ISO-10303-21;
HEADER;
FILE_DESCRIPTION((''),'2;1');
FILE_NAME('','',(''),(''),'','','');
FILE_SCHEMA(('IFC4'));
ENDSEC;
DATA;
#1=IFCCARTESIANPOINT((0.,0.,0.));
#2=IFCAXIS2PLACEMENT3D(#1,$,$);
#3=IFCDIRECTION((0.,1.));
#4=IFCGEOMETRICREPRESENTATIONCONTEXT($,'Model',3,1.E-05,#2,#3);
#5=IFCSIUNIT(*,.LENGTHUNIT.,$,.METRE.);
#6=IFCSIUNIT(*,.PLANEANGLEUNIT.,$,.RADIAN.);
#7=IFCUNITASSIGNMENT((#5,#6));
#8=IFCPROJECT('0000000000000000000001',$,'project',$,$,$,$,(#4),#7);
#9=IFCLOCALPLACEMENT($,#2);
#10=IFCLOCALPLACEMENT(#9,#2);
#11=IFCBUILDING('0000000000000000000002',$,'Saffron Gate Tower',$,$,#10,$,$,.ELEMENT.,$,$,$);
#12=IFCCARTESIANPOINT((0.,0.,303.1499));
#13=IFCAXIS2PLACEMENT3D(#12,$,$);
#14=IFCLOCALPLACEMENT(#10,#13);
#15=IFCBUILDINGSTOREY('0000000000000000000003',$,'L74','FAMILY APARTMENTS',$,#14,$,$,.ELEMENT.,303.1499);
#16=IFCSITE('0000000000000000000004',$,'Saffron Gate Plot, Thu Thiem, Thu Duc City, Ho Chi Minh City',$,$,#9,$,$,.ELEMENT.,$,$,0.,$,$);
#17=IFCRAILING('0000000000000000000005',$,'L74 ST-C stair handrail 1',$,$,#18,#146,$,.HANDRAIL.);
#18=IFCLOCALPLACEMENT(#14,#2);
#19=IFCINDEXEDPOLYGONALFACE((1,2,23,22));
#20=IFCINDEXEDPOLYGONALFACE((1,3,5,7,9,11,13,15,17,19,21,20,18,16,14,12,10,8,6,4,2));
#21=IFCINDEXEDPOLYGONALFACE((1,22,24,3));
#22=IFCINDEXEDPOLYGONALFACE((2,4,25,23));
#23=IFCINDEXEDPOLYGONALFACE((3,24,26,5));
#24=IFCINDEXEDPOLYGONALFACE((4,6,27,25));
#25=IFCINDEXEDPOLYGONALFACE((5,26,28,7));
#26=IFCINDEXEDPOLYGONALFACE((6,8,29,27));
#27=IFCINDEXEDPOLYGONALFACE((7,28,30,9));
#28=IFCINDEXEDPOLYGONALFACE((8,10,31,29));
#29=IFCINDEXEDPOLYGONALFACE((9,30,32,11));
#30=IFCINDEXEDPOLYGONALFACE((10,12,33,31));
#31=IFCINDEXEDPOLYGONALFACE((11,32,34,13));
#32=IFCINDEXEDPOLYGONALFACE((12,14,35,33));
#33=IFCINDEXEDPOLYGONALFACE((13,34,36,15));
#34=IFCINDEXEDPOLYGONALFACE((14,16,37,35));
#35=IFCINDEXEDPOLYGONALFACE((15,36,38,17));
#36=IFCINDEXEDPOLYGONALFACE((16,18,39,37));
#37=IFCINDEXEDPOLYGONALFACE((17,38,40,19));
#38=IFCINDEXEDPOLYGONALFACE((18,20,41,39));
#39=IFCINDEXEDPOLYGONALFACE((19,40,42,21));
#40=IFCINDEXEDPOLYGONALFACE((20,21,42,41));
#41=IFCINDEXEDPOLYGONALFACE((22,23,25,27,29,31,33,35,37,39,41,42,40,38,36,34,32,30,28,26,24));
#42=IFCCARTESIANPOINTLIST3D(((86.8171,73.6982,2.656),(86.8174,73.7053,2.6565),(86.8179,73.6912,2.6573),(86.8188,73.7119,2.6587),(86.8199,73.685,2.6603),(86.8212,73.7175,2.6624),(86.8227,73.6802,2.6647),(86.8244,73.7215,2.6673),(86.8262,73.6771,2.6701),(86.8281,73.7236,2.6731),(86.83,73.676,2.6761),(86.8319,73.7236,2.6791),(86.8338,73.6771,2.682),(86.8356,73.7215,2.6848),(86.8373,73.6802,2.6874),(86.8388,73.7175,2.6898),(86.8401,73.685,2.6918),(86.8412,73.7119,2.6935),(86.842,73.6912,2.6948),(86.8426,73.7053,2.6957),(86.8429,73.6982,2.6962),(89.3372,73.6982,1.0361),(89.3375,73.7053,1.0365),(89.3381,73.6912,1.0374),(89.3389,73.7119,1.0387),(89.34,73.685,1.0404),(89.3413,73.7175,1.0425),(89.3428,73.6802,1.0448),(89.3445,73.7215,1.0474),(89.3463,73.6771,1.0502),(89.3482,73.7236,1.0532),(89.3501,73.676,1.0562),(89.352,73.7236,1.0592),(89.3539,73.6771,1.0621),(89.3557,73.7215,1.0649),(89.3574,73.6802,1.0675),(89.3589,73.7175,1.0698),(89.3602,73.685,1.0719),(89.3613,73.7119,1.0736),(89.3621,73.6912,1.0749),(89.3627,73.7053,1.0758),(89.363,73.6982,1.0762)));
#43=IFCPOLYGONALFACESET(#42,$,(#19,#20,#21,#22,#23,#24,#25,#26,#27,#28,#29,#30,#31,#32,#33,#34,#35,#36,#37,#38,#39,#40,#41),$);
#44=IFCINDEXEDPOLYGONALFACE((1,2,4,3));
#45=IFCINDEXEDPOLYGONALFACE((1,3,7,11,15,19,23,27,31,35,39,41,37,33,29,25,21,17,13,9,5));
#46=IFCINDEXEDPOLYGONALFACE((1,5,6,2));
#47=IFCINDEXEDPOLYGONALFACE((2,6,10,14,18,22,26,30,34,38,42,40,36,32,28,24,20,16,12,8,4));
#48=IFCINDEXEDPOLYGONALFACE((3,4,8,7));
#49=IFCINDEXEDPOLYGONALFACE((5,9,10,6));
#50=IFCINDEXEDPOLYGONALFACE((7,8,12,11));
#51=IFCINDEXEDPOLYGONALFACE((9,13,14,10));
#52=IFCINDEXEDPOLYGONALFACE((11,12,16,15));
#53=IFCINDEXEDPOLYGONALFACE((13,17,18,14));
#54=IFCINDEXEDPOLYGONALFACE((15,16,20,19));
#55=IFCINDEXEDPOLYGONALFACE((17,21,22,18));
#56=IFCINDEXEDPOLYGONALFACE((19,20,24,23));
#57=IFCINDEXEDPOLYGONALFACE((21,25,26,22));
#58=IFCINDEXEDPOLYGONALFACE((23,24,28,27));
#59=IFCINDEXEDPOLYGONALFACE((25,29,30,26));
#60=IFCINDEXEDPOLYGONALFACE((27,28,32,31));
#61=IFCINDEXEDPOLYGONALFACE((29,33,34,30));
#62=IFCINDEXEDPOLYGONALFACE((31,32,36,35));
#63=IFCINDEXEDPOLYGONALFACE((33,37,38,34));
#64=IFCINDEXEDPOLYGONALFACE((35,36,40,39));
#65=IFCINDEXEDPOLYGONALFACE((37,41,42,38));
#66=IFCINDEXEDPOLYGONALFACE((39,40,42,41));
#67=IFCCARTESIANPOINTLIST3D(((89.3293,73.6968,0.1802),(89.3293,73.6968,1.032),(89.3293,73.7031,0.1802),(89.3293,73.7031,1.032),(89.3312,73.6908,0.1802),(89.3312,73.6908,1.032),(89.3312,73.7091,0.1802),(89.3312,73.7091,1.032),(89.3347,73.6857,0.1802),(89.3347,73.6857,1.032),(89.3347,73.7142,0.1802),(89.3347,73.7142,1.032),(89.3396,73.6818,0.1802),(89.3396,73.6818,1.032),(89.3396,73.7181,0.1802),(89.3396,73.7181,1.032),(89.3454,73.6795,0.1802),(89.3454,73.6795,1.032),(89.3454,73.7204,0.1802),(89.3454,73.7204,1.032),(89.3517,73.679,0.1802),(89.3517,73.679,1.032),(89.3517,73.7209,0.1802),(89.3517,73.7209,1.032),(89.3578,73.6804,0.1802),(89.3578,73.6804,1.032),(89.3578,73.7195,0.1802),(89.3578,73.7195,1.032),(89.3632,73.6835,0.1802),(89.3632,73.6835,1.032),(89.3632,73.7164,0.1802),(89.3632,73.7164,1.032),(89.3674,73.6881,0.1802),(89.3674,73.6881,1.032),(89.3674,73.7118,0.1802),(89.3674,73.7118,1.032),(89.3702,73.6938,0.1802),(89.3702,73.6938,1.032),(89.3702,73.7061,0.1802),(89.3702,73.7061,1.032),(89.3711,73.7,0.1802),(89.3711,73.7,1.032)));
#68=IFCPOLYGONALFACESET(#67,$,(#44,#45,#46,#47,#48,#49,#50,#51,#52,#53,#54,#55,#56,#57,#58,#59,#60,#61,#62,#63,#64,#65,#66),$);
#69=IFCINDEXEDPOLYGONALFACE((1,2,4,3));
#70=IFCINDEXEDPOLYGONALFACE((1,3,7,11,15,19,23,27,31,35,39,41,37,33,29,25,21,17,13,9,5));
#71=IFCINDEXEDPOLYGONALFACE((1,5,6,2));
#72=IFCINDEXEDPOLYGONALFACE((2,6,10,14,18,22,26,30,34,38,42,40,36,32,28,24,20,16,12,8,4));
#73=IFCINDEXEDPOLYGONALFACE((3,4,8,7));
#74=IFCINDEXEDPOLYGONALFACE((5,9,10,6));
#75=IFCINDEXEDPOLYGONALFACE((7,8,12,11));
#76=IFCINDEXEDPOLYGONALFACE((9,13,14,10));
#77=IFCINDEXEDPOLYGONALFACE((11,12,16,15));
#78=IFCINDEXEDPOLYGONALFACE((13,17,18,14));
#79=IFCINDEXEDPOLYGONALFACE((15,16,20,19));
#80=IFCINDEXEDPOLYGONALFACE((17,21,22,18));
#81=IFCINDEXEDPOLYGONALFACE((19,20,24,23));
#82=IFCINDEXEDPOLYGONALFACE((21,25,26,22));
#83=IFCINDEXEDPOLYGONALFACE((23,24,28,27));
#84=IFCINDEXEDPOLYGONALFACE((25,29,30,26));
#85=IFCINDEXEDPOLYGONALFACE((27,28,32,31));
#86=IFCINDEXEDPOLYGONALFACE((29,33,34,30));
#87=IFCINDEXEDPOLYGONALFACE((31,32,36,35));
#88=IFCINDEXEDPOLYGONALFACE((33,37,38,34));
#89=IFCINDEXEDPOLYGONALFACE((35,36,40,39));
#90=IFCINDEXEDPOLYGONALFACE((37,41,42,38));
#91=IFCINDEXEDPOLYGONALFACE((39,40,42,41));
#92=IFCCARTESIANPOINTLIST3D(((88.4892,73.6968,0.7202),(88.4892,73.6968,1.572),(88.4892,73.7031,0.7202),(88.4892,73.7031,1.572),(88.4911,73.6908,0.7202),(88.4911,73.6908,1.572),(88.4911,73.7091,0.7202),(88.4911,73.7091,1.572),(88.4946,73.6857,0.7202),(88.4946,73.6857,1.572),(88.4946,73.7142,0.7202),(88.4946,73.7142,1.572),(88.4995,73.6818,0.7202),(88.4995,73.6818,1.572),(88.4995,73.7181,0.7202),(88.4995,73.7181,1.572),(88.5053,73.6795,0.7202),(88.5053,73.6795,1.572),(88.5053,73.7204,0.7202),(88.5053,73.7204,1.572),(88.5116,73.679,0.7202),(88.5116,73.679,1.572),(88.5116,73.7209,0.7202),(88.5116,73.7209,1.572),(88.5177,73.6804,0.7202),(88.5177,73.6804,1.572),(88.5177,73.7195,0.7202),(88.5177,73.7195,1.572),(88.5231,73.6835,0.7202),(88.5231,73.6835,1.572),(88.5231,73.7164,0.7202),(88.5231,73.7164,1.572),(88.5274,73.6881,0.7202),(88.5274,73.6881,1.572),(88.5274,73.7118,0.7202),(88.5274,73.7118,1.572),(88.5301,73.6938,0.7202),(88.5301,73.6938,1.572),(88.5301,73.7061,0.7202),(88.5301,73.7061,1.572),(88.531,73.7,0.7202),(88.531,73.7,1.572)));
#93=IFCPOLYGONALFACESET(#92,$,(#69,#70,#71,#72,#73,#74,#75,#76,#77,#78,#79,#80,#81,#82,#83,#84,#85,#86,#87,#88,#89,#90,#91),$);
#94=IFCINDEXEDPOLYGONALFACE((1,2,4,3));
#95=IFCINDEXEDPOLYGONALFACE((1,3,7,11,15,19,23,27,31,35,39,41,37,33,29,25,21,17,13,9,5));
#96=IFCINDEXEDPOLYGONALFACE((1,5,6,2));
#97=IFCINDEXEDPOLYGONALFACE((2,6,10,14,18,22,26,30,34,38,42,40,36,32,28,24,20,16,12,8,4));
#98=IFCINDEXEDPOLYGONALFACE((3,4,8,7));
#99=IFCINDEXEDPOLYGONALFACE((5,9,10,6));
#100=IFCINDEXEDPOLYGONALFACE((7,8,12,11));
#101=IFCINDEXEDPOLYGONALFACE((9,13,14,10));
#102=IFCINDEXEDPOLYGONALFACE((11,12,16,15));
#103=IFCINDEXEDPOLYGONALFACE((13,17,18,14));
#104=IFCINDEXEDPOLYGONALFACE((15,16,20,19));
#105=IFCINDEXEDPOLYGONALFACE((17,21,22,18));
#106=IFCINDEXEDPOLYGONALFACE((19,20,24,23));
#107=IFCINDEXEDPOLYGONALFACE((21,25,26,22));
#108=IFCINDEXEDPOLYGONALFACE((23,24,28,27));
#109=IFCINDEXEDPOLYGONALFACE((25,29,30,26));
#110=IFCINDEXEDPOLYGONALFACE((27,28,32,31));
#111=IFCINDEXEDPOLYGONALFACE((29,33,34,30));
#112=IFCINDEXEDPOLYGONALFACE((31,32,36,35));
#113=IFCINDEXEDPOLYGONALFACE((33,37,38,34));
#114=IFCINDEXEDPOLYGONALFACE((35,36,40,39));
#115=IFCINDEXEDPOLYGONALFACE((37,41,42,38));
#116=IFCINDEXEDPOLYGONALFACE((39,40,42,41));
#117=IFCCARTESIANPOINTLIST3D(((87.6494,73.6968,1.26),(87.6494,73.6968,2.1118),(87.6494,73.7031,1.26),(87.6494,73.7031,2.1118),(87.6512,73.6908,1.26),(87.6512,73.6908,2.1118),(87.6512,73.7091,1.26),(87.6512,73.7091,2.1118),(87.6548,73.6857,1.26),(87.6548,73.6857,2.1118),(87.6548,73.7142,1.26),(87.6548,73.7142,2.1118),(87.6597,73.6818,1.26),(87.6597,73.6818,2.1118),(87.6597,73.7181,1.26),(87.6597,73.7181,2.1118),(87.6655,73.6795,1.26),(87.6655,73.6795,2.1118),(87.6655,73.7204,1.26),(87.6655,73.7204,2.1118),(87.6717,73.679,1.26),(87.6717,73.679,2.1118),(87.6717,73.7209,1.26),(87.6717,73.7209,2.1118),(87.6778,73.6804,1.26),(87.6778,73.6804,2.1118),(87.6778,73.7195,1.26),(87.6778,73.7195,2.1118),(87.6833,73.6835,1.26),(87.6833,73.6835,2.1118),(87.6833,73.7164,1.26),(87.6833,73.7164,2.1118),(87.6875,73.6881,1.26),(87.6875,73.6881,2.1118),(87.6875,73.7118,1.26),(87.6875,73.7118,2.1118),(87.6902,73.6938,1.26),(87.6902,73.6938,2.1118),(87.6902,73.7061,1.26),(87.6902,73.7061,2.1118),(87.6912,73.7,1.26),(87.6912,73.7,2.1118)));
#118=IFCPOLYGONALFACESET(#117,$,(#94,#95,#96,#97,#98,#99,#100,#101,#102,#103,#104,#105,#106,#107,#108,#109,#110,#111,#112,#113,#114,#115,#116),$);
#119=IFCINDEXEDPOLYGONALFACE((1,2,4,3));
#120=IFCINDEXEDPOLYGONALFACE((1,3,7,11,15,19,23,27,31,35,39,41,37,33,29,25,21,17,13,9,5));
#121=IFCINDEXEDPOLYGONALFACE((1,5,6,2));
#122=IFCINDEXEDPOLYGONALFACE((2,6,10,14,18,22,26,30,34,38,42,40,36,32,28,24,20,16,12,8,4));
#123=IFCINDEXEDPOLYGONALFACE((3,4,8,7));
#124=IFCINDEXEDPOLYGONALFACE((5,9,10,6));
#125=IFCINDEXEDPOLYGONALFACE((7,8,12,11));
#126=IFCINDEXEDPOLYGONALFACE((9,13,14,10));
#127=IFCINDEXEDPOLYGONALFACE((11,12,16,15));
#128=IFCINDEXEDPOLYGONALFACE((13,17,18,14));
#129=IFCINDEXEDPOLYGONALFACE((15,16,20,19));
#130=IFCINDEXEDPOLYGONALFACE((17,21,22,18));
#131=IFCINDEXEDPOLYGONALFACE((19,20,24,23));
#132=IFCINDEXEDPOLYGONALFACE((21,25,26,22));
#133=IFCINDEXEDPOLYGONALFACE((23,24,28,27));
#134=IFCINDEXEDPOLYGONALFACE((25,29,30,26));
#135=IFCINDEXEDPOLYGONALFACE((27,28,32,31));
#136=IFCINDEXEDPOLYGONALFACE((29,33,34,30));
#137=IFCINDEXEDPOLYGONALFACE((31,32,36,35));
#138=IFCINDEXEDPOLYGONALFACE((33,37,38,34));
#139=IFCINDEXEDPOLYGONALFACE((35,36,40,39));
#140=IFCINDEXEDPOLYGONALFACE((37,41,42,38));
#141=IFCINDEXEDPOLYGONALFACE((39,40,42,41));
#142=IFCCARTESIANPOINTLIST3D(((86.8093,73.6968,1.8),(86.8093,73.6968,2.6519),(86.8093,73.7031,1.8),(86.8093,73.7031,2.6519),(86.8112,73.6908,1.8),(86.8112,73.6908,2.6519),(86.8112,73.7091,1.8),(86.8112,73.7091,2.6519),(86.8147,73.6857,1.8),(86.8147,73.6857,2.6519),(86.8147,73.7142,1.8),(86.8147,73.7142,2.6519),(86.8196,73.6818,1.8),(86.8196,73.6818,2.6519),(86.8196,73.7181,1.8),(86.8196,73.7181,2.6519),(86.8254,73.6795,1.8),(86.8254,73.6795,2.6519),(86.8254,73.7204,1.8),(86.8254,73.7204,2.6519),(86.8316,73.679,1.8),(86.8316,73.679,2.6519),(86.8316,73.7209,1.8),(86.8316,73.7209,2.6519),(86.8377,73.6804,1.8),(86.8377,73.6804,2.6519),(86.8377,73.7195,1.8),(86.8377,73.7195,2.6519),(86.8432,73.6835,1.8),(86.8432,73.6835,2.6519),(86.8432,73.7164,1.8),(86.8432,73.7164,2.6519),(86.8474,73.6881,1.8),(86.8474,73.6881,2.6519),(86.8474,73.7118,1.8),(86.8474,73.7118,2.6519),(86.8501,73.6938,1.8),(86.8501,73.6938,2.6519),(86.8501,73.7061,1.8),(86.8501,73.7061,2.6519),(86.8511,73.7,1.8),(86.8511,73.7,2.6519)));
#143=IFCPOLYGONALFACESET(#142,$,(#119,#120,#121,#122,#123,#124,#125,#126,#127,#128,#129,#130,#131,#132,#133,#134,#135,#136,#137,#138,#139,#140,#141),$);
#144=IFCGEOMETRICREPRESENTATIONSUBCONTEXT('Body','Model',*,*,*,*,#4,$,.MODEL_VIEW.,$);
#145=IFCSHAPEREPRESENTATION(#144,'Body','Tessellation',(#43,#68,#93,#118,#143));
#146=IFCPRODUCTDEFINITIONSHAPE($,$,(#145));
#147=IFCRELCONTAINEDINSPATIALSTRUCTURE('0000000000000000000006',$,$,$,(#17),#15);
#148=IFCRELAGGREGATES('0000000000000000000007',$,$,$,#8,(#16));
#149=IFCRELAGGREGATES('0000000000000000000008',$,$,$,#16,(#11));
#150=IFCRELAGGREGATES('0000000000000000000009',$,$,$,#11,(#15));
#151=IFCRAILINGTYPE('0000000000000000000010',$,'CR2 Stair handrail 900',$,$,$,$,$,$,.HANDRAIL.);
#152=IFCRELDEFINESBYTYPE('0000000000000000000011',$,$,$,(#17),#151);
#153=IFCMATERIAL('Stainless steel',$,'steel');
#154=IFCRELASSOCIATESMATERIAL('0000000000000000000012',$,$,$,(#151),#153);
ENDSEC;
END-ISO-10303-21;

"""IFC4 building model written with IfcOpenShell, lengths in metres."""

from ifc_helpers import new_model, si_unit, direction, frame, origin, origin_2d, place, context, subcontext, project, spatial, circle, extrude, material, type_object, element, save


model = new_model("IFC4")

# Units and contexts
model_context = context("Model", 3, precision=1e-05, world=origin(), true_north=direction((0.0, 1.0)))
body_context = subcontext(model_context, "Body", "Model", "MODEL_VIEW")
ifc_project = project(units=[si_unit("LENGTHUNIT", "METRE"), si_unit("PLANEANGLEUNIT", "RADIAN")], contexts=[model_context])

# Site, building, storey
site_placement = place(None, origin())
site = spatial("IfcSite", under=ifc_project, at=site_placement, Name="Saffron Gate Plot, Thu Thiem, Thu Duc City, Ho Chi Minh City", CompositionType="ELEMENT", RefElevation=0.0)
building_placement = place(site_placement, origin())
building = spatial("IfcBuilding", under=site, at=building_placement, Name="Saffron Gate Tower", CompositionType="ELEMENT")
storey_placement = place(building_placement, frame((0.0, 0.0, 303.1499)))
storey = spatial("IfcBuildingStorey", under=building, at=storey_placement, Name="L74", Description="FAMILY APARTMENTS", CompositionType="ELEMENT", Elevation=303.1499)

# Railing
ifc_material_1 = material(Name="Stainless steel", Category="steel")
railing_type_1 = type_object("IfcRailingType", Name="CR2 Stair handrail 900", PredefinedType="HANDRAIL", material=ifc_material_1)
railing_1_placement = place(storey_placement, frame((89.3501, 73.7, 0.1802)))
element("IfcRailing", 1, at=railing_1_placement, inside=storey, type_object=railing_type_1, Name="L74 ST-C stair handrail 1", PredefinedType="HANDRAIL", context=body_context, shape_type="SweptSolid", body=[
    extrude(circle(Radius=0.0239, at=origin_2d()), frame((0.0, 0.0, 0.876), z_axis=(-0.8412, 0.0, 0.540725), x_axis=(0.0, -1.0, 0.0)), (0.0, 0.0, 1.0), 2.9958),
    extrude(circle(Radius=0.021, at=origin_2d()), origin(), (0.0, 0.0, 1.0), 0.8518),
    extrude(circle(Radius=0.021, at=origin_2d()), frame((-0.8401, 0.0, 0.54)), (0.0, 0.0, 1.0), 0.8518),
    extrude(circle(Radius=0.021, at=origin_2d()), frame((-1.6799, 0.0, 1.0798)), (0.0, 0.0, 1.0), 0.8518),
    extrude(circle(Radius=0.021, at=origin_2d()), frame((-2.52, 0.0, 1.6199)), (0.0, 0.0, 1.0), 0.8518),
])

save(model, "model.ifc")
